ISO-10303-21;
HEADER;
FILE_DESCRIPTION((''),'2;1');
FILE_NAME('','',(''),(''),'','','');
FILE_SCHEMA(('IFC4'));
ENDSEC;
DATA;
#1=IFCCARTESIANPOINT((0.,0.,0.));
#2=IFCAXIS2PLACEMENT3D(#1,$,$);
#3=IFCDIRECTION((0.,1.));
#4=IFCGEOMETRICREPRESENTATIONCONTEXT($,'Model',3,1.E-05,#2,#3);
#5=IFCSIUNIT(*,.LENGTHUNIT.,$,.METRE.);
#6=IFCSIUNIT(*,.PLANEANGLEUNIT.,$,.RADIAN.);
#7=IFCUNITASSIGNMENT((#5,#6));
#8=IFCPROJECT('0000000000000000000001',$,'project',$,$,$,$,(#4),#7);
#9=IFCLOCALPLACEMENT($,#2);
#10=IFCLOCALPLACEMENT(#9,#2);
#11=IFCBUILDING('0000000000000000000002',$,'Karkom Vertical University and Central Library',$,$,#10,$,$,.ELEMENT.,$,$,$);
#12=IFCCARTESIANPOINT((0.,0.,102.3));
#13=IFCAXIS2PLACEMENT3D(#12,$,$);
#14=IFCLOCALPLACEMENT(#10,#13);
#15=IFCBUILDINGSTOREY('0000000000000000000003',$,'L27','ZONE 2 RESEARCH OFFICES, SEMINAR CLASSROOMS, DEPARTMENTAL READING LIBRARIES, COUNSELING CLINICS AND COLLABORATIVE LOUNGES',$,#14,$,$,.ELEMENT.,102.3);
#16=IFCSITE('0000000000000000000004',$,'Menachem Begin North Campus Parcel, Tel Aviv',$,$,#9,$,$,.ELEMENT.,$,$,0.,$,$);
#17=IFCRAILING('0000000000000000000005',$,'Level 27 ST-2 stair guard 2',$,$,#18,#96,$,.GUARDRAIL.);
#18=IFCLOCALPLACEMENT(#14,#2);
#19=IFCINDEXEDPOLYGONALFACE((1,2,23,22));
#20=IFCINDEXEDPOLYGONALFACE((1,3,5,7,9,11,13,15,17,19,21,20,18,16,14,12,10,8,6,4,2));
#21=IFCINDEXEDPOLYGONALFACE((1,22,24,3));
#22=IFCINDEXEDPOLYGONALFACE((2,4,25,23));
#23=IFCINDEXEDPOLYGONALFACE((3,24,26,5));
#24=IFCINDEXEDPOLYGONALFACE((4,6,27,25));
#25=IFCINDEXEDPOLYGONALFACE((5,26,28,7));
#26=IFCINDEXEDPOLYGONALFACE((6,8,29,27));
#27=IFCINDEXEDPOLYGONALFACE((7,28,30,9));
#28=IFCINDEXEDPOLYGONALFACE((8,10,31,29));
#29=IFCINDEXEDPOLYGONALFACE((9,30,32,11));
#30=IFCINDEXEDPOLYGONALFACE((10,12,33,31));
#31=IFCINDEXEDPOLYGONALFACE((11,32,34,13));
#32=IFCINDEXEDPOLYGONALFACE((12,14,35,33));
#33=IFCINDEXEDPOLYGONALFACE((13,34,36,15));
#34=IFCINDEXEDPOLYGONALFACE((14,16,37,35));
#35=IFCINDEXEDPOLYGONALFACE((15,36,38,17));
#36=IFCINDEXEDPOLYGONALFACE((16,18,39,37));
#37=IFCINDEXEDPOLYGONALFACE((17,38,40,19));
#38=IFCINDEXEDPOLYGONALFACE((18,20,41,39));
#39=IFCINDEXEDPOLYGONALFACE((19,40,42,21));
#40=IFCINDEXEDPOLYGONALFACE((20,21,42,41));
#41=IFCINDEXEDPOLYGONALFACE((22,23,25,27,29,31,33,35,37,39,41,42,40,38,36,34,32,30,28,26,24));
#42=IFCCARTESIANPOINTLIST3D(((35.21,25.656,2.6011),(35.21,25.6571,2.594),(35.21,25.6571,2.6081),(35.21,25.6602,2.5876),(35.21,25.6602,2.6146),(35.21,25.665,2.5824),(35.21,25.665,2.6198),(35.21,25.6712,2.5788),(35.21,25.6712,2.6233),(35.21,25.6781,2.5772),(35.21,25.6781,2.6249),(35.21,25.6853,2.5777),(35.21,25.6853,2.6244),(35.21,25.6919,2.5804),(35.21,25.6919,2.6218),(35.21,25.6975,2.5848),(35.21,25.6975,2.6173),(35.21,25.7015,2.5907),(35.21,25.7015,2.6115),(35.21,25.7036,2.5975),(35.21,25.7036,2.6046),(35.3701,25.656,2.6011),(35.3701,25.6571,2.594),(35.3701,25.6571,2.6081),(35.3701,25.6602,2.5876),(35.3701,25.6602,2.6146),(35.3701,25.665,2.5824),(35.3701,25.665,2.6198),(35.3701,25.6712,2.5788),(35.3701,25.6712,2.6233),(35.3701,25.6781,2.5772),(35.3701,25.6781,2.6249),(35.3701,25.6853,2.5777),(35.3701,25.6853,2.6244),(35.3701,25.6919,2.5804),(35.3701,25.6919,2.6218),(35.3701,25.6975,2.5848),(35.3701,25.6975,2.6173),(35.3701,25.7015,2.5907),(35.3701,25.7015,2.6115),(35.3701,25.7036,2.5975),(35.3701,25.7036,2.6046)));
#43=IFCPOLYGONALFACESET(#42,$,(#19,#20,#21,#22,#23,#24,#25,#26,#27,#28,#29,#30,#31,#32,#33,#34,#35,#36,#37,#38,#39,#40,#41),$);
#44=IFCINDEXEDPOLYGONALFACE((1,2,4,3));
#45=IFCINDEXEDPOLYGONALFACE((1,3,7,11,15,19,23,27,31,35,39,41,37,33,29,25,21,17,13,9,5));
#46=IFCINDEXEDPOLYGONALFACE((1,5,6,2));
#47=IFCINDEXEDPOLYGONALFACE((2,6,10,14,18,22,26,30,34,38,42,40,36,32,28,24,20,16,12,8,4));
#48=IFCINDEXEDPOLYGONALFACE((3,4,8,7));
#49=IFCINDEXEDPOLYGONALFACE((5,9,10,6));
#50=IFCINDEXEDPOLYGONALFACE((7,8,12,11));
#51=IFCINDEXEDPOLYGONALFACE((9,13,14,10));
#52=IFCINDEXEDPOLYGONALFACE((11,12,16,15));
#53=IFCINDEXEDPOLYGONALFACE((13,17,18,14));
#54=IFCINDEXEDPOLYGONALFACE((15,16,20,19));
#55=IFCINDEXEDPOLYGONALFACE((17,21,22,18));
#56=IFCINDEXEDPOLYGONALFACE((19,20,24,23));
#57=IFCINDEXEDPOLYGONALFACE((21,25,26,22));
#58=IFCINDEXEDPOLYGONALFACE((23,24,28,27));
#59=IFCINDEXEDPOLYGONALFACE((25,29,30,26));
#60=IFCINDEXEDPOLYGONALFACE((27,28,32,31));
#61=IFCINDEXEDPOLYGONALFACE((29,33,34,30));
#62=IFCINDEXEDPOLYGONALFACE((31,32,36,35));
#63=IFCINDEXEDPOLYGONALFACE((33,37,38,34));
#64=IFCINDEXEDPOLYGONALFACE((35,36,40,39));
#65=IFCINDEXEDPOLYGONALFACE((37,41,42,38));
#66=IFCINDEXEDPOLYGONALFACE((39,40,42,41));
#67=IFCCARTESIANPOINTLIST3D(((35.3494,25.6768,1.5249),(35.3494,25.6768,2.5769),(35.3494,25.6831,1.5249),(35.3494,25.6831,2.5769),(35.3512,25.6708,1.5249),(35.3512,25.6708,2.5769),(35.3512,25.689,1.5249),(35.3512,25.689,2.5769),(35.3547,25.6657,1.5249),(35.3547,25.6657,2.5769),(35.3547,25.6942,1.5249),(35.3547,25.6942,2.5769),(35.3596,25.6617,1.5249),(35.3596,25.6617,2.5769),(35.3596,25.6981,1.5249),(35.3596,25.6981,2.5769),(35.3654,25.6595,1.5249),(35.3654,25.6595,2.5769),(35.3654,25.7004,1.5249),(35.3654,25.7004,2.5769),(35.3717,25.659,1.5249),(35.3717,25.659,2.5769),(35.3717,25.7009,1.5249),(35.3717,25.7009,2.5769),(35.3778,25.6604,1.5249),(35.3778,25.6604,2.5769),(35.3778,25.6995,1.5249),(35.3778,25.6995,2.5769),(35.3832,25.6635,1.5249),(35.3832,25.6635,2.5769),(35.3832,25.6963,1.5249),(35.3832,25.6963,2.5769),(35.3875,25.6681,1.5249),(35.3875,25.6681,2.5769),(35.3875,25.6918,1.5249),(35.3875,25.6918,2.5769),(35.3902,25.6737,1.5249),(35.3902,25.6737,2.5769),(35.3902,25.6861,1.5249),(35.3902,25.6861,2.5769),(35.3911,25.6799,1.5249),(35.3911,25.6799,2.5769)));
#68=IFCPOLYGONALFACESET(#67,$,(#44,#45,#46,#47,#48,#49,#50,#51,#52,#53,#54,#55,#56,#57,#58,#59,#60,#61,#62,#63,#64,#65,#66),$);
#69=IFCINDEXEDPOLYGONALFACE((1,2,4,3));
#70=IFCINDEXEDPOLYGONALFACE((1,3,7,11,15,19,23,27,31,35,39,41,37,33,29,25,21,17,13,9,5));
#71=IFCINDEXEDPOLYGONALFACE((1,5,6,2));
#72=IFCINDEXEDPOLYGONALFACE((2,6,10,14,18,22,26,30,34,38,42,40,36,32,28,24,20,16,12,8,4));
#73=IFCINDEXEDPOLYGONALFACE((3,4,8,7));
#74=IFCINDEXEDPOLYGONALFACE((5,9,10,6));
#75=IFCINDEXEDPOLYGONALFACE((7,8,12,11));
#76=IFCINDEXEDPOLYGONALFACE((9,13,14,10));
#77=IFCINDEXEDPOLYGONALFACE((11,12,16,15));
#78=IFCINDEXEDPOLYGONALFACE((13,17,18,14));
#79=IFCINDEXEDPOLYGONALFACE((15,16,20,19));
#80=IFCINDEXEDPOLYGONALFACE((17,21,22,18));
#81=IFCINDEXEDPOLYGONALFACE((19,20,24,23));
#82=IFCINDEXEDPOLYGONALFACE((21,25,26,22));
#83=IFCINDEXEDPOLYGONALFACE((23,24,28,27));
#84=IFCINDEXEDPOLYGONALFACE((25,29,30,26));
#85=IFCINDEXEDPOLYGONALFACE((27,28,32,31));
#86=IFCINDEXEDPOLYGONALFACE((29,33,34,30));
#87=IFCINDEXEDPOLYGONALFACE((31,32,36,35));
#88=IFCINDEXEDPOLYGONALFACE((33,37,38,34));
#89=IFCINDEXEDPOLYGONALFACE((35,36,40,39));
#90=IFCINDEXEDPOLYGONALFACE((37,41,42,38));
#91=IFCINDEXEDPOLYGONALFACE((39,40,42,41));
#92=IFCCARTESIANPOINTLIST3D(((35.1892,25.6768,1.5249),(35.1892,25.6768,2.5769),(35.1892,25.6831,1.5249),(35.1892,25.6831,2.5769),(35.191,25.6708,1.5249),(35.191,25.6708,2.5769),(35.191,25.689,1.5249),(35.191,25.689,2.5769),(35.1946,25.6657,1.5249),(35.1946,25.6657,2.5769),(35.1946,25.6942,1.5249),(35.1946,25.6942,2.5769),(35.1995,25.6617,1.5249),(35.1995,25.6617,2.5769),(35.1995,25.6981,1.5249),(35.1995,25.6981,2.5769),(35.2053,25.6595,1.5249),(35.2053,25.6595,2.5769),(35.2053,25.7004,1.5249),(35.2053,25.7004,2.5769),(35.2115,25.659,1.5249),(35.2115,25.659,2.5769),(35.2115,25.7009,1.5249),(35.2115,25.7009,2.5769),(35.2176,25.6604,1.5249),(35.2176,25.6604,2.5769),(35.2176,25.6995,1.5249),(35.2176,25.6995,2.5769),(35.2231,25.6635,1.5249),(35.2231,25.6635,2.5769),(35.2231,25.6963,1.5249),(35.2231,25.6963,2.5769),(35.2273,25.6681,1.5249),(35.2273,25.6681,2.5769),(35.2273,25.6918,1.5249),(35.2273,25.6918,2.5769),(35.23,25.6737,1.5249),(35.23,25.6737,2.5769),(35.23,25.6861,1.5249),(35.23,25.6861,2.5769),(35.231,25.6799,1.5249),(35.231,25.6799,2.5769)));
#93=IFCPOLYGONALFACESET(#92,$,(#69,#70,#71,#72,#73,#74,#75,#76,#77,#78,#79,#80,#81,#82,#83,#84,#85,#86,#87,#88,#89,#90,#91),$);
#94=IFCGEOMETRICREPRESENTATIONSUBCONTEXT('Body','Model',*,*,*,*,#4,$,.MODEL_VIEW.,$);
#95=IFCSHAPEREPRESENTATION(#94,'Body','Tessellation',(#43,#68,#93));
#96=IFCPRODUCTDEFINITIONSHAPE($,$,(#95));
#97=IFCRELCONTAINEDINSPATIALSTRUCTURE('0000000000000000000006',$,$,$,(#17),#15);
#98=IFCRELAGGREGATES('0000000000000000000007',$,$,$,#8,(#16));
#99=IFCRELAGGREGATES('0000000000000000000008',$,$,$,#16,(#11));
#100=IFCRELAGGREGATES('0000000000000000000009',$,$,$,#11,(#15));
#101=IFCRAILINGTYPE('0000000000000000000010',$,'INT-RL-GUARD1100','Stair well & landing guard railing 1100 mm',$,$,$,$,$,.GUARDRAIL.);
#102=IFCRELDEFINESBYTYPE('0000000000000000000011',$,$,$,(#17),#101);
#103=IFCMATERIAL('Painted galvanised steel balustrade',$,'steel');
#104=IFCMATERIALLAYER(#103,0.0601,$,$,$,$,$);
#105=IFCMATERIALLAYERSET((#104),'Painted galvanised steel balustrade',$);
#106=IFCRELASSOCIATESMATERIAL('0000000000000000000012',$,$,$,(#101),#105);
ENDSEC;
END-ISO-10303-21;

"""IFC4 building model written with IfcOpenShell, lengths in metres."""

from ifc_helpers import new_model, si_unit, direction, frame, origin, origin_2d, place, context, subcontext, project, spatial, circle, extrude, material, layer, layer_set, type_object, element, save


model = new_model("IFC4")

# Units and contexts
model_context = context("Model", 3, precision=1e-05, world=origin(), true_north=direction((0.0, 1.0)))
body_context = subcontext(model_context, "Body", "Model", "MODEL_VIEW")
ifc_project = project(units=[si_unit("LENGTHUNIT", "METRE"), si_unit("PLANEANGLEUNIT", "RADIAN")], contexts=[model_context])

# Site, building, storey
site_placement = place(None, origin())
site = spatial("IfcSite", under=ifc_project, at=site_placement, Name="Menachem Begin North Campus Parcel, Tel Aviv", CompositionType="ELEMENT", RefElevation=0.0)
building_placement = place(site_placement, origin())
building = spatial("IfcBuilding", under=site, at=building_placement, Name="Karkom Vertical University and Central Library", CompositionType="ELEMENT")
storey_placement = place(building_placement, frame((0.0, 0.0, 102.3)))
storey = spatial("IfcBuildingStorey", under=building, at=storey_placement, Name="L27", Description="ZONE 2 RESEARCH OFFICES, SEMINAR CLASSROOMS, DEPARTMENTAL READING LIBRARIES, COUNSELING CLINICS AND COLLABORATIVE LOUNGES", CompositionType="ELEMENT", Elevation=102.3)

# Railing
ifc_material_1 = material(Name="Painted galvanised steel balustrade", Category="steel")
ifc_layer_1 = layer(ifc_material_1, 0.0601)
ifc_layer_set_1 = layer_set([ifc_layer_1], Name="Painted galvanised steel balustrade")
railing_type = type_object("IfcRailingType", Name="INT-RL-GUARD1100", Description="Stair well & landing guard railing 1100 mm", PredefinedType="GUARDRAIL", material=ifc_layer_set_1)
railing_placement = place(storey_placement, frame((35.3701, 25.6799, 1.5249)))
element("IfcRailing", 1, at=railing_placement, inside=storey, type_object=railing_type, Name="Level 27 ST-2 stair guard 2", PredefinedType="GUARDRAIL", context=body_context, shape_type="SweptSolid", body=[
    extrude(circle(Radius=0.0239, at=origin_2d()), frame((0.0, 0.0, 1.0762), z_axis=(-1.0, 0.0, 0.0), x_axis=(0.0, -1.0, 0.0)), (0.0, 0.0, 1.0), 0.1602),
    extrude(circle(Radius=0.021, at=origin_2d()), origin(), (0.0, 0.0, 1.0), 1.052),
    extrude(circle(Radius=0.021, at=origin_2d()), frame((-0.1602, 0.0, 0.0)), (0.0, 0.0, 1.0), 1.052),
])

save(model, "model.ifc")
